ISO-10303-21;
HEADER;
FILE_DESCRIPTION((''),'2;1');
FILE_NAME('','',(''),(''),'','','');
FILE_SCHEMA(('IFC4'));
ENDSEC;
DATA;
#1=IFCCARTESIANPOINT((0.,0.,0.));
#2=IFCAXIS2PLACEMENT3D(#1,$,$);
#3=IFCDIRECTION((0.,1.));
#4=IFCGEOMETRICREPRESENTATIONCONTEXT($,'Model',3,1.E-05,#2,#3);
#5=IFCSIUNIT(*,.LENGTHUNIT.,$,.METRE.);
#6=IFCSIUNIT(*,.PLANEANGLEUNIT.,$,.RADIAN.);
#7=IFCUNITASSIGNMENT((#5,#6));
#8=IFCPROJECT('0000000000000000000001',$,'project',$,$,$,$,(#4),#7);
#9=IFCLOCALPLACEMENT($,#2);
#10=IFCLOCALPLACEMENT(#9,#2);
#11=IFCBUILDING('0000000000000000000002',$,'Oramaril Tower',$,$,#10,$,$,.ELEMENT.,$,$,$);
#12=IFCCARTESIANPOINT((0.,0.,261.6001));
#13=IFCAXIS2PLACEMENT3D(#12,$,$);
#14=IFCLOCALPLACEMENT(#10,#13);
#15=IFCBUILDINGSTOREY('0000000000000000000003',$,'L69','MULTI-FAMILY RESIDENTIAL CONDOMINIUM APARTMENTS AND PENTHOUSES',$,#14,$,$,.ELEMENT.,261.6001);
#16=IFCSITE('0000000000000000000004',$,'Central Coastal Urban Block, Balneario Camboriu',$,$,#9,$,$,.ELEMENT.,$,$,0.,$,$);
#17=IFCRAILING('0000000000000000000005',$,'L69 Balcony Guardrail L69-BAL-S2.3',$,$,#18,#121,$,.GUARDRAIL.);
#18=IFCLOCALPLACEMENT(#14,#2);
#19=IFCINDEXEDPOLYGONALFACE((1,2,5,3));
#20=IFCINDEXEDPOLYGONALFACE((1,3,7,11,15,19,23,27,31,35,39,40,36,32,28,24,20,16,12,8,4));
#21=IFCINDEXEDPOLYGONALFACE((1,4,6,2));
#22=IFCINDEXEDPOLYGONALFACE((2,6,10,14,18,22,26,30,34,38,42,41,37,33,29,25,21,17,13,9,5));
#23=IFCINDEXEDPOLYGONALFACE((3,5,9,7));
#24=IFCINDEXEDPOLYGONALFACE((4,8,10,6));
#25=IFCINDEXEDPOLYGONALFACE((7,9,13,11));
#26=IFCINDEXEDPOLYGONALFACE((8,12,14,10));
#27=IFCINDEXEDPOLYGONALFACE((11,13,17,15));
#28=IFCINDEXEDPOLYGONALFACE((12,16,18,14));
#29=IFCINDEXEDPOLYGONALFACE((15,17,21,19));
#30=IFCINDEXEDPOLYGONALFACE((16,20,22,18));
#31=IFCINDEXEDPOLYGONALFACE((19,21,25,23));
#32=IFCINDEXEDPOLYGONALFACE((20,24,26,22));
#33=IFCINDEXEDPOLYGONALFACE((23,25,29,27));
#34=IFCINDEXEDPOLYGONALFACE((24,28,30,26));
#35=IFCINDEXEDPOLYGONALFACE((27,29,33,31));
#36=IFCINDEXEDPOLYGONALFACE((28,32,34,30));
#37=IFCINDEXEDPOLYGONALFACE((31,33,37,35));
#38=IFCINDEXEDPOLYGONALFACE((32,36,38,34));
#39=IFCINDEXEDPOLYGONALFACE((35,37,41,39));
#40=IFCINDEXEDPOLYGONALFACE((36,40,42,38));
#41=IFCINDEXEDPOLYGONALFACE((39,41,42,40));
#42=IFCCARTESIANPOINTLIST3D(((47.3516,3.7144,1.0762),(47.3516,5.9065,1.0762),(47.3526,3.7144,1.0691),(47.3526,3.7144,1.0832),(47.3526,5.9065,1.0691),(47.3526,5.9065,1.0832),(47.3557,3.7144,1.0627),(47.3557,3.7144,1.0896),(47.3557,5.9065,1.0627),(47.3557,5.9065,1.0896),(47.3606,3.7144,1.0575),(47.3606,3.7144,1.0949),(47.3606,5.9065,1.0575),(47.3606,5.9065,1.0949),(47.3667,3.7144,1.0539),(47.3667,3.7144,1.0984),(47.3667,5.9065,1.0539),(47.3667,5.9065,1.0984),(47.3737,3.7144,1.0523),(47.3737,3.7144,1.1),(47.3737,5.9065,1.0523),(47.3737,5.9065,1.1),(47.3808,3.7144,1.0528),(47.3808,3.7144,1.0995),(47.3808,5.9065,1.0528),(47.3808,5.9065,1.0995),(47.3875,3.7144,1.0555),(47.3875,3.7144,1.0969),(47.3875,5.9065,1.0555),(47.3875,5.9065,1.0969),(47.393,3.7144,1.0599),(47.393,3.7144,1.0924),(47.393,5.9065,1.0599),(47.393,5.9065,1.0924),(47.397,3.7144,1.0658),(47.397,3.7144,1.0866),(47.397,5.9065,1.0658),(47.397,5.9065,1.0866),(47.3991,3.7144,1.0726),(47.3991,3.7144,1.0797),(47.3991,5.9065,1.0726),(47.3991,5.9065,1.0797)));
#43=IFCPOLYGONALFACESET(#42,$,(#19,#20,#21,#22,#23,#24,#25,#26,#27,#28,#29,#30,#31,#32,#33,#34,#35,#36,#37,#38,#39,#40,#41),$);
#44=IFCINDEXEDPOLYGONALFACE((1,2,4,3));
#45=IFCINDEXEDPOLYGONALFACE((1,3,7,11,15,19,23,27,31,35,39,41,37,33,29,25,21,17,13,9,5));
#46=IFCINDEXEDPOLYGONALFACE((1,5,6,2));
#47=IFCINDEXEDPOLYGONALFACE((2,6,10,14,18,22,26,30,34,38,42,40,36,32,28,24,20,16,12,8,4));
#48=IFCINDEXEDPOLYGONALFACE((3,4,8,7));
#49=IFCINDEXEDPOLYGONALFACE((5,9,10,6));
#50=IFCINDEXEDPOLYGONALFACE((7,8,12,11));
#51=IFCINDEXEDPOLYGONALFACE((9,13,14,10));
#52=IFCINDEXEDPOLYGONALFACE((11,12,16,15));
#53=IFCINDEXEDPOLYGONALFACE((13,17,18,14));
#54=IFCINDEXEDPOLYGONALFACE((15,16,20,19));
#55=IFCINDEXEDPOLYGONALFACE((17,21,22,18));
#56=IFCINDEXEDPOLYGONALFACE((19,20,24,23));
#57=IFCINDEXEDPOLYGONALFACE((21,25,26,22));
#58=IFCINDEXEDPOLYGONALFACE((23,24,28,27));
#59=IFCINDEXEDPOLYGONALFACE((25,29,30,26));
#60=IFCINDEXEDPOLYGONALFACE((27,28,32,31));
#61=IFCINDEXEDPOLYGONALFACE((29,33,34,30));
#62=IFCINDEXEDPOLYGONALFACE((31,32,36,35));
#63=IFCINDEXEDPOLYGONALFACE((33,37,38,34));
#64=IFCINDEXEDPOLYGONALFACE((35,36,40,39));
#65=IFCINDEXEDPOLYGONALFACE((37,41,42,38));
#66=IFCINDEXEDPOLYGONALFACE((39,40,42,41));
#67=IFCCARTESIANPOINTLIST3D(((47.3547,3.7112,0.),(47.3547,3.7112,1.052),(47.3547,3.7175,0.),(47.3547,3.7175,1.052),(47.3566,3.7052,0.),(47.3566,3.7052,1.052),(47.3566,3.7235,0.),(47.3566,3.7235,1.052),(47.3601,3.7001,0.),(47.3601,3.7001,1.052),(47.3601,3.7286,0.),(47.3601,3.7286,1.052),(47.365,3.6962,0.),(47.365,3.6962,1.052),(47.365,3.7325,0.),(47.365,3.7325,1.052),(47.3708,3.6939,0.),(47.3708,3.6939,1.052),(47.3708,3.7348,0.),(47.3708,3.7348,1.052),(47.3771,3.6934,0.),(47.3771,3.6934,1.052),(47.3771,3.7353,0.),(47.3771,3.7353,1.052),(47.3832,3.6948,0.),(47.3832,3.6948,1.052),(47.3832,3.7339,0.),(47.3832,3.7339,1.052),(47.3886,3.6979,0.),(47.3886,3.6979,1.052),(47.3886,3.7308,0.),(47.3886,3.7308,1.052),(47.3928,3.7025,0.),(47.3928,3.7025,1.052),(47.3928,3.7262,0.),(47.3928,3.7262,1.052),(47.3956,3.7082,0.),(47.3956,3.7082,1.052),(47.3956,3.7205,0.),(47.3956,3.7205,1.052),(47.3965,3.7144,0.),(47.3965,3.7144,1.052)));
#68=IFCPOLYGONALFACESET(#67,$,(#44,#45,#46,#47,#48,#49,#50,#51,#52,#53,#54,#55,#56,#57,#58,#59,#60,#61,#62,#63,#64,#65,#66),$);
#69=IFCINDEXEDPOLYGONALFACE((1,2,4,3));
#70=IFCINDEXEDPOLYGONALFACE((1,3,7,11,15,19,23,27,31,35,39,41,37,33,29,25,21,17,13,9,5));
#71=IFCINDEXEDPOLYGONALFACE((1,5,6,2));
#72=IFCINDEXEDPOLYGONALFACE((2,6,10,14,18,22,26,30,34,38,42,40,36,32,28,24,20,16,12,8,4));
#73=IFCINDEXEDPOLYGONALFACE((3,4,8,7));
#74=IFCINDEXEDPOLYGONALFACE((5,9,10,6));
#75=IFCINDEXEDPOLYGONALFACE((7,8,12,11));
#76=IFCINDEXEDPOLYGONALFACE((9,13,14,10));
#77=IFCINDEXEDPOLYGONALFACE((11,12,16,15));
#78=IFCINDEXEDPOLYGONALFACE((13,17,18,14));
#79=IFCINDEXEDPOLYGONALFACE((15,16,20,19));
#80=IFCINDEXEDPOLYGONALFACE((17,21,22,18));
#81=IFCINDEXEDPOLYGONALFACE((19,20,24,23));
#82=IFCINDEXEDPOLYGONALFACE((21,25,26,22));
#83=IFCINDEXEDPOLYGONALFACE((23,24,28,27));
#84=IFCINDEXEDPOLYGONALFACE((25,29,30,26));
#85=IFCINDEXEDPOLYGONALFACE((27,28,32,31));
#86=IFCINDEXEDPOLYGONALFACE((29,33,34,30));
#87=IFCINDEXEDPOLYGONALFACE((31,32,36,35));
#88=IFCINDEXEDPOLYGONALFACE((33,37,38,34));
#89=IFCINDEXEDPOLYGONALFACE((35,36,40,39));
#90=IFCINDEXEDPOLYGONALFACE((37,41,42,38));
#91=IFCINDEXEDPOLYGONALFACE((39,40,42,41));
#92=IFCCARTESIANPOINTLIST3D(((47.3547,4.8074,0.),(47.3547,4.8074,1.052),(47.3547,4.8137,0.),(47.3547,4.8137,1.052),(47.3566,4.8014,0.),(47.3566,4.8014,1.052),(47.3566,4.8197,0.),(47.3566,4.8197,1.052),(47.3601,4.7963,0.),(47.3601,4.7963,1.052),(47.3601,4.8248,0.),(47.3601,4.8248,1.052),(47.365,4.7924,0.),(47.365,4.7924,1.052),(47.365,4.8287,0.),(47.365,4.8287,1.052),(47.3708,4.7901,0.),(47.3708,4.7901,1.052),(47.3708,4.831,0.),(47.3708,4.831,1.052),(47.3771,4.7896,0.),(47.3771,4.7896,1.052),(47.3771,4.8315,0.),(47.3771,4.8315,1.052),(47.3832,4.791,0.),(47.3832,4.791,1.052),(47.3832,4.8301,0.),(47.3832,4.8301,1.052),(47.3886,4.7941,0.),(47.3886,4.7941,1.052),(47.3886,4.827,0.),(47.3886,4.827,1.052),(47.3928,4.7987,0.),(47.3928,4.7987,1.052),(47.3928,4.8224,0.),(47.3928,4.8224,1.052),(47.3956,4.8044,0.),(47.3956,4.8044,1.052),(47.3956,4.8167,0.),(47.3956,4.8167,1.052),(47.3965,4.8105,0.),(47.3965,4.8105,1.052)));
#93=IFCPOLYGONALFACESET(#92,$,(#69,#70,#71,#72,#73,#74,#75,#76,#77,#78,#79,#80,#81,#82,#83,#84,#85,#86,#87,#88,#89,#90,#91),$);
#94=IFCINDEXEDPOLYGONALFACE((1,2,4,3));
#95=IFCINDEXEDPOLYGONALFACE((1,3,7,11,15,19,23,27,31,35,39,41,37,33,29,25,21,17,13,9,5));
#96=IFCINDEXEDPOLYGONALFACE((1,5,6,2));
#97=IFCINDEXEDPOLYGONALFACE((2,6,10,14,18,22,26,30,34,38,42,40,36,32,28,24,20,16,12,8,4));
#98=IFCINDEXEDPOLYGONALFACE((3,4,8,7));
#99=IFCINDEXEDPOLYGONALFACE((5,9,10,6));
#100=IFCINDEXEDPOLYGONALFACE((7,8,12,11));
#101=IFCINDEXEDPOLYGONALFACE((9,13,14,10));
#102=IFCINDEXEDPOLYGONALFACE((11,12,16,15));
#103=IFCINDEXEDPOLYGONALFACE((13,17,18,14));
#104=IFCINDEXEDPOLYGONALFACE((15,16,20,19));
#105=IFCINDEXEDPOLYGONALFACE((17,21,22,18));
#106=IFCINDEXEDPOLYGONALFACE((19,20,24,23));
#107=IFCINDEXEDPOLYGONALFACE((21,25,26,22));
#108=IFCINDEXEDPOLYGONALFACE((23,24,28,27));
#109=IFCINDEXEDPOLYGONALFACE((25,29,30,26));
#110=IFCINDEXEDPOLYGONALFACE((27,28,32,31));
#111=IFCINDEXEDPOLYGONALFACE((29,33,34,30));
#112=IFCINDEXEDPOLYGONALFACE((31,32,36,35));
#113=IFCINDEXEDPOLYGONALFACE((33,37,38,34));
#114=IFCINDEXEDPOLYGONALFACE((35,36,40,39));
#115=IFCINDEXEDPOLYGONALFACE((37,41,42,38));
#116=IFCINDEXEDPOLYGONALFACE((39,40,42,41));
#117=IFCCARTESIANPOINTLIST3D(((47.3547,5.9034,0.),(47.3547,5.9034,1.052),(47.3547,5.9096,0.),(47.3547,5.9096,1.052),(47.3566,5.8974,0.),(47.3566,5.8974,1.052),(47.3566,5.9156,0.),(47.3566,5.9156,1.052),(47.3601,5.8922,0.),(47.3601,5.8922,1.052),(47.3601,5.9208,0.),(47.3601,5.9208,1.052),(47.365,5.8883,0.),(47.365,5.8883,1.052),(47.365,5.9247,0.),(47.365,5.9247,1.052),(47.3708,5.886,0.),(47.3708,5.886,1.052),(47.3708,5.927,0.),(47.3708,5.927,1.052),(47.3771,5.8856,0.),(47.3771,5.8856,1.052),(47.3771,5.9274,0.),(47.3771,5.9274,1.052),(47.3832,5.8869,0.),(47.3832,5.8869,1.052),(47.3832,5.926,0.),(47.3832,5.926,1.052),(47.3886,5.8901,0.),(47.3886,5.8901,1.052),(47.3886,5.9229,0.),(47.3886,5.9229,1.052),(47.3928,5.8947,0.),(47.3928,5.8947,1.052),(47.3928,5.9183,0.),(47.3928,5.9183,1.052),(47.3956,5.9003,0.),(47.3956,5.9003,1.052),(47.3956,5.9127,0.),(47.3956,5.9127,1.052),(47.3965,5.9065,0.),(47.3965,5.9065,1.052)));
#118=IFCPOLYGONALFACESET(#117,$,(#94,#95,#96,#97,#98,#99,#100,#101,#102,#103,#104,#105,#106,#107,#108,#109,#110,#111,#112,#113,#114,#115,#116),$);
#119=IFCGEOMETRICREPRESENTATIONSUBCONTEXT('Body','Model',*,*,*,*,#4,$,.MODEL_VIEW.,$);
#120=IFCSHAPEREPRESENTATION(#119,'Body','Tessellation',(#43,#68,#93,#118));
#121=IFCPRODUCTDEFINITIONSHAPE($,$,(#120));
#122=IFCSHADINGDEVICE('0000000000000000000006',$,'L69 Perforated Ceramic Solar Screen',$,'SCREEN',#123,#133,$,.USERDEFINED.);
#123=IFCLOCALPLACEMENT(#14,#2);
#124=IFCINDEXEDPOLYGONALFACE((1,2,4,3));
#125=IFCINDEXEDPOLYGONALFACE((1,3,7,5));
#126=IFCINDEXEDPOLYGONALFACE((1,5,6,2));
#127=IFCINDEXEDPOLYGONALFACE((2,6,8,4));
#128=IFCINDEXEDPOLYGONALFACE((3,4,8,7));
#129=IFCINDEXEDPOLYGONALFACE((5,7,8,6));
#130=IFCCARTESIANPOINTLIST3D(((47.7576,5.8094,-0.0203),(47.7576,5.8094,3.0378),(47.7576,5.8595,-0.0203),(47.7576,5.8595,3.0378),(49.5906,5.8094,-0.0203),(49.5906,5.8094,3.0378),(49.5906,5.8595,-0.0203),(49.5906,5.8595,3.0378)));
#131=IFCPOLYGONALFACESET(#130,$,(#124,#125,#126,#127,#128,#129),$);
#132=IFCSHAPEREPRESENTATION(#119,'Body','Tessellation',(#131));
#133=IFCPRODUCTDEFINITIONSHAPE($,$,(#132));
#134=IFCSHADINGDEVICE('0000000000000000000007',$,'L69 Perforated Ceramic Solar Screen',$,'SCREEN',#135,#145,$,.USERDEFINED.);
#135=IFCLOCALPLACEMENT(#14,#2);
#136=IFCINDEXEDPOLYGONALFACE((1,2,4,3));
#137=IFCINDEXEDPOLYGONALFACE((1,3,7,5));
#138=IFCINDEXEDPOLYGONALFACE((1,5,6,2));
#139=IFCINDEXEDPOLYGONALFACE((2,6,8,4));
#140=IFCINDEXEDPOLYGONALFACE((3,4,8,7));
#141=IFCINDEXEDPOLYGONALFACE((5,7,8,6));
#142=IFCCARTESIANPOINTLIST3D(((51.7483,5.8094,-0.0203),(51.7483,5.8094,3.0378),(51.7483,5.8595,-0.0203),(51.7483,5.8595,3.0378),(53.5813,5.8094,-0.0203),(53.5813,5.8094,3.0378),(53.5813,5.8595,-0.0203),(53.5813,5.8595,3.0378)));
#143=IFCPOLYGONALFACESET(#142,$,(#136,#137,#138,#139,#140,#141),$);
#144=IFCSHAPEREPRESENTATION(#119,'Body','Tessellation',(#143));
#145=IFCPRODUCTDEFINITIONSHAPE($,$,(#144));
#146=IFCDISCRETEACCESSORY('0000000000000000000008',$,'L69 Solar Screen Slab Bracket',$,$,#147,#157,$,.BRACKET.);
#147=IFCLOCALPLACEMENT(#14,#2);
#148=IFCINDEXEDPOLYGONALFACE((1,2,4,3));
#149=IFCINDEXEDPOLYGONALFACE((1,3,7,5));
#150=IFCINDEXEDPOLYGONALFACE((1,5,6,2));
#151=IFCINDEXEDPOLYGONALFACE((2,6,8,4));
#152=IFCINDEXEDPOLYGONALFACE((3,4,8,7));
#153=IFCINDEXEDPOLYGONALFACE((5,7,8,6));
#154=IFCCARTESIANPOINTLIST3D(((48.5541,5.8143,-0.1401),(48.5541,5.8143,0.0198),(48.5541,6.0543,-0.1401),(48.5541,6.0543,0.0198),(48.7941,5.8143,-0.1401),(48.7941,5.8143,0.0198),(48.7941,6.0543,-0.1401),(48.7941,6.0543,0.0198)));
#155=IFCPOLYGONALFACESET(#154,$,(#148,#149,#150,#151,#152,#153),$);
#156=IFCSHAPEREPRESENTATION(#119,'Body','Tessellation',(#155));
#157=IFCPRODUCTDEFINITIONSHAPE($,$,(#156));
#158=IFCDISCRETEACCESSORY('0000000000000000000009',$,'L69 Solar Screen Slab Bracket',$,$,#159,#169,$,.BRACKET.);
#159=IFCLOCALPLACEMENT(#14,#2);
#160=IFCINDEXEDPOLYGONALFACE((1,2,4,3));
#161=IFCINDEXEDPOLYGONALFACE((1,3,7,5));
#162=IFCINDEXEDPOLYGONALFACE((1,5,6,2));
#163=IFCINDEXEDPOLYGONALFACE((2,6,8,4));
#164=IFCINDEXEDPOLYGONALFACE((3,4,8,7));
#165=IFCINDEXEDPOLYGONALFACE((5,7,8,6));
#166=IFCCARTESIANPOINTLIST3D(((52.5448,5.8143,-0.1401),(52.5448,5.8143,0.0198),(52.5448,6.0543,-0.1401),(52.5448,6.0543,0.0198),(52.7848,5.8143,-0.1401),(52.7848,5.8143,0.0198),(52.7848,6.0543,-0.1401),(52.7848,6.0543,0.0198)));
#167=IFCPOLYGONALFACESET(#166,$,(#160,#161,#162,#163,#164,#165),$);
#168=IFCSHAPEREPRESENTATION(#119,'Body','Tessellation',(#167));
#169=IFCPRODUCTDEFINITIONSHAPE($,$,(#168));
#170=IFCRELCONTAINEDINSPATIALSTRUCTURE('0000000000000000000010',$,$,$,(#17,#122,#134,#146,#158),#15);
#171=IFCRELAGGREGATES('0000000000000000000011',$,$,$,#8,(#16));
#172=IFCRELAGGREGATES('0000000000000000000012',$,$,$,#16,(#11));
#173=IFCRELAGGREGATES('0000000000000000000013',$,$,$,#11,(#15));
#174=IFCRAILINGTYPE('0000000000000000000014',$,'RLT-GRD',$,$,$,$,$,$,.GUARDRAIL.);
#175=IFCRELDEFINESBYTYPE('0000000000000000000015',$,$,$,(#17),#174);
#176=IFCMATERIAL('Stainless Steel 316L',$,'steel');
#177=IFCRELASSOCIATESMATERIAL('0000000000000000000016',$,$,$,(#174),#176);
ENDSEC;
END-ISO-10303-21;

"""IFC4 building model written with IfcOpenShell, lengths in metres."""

from ifc_helpers import new_model, si_unit, direction, frame, origin, origin_2d, place, context, subcontext, project, spatial, rectangle, circle, extrude, material, type_object, element, save


model = new_model("IFC4")

# Units and contexts
model_context = context("Model", 3, precision=1e-05, world=origin(), true_north=direction((0.0, 1.0)))
body_context = subcontext(model_context, "Body", "Model", "MODEL_VIEW")
ifc_project = project(units=[si_unit("LENGTHUNIT", "METRE"), si_unit("PLANEANGLEUNIT", "RADIAN")], contexts=[model_context])

# Site, building, storey
site_placement = place(None, origin())
site = spatial("IfcSite", under=ifc_project, at=site_placement, Name="Central Coastal Urban Block, Balneario Camboriu", CompositionType="ELEMENT", RefElevation=0.0)
building_placement = place(site_placement, origin())
building = spatial("IfcBuilding", under=site, at=building_placement, Name="Oramaril Tower", CompositionType="ELEMENT")
storey_placement = place(building_placement, frame((0.0, 0.0, 261.6001)))
storey = spatial("IfcBuildingStorey", under=building, at=storey_placement, Name="L69", Description="MULTI-FAMILY RESIDENTIAL CONDOMINIUM APARTMENTS AND PENTHOUSES", CompositionType="ELEMENT", Elevation=261.6001)

# Railing
ifc_material_1 = material(Name="Stainless Steel 316L", Category="steel")
railing_type = type_object("IfcRailingType", Name="RLT-GRD", PredefinedType="GUARDRAIL", material=ifc_material_1)
railing_1_placement = place(storey_placement, frame((47.3755, 3.7144, 0.0)))
element("IfcRailing", 1, at=railing_1_placement, inside=storey, type_object=railing_type, Name="L69 Balcony Guardrail L69-BAL-S2.3", PredefinedType="GUARDRAIL", context=body_context, shape_type="SweptSolid", body=[
    extrude(circle(Radius=0.0239, at=origin_2d()), frame((0.0, 0.0, 1.0762), z_axis=(0.0, 1.0, 0.0), x_axis=(-1.0, 0.0, 0.0)), (0.0, 0.0, 1.0), 2.1921),
    extrude(circle(Radius=0.021, at=origin_2d()), origin(), (0.0, 0.0, 1.0), 1.052),
    extrude(circle(Radius=0.021, at=origin_2d()), frame((0.0, 1.0962, 0.0)), (0.0, 0.0, 1.0), 1.052),
    extrude(circle(Radius=0.021, at=origin_2d()), frame((0.0, 2.1921, 0.0)), (0.0, 0.0, 1.0), 1.052),
])

# Shading devices
for number, where, z_axis, x_axis, name in (
    (2, (48.6741, 5.8345, -0.0203), (0.0, 0.0, 1.0), (1.0, 0.0, 0.0), "L69 Perforated Ceramic Solar Screen"),
    (3, (52.6648, 5.8345, -0.0203), (0.0, 0.0, 1.0), (1.0, 0.0, 0.0), "L69 Perforated Ceramic Solar Screen"),
):
    element("IfcShadingDevice", number, at=place(storey_placement, frame(where, z_axis=z_axis, x_axis=x_axis)), inside=storey, Name=name, ObjectType="SCREEN", PredefinedType="USERDEFINED", context=body_context, shape_type="SweptSolid", body=[
        extrude(rectangle(XDim=1.833, YDim=0.05, at=origin_2d()), origin(), (0.0, 0.0, 1.0), 3.0581),
    ])

# Discrete accessories
for number, where, z_axis, x_axis, name in (
    (4, (48.6741, 5.9343, -0.1401), (0.0, 0.0, 1.0), (1.0, 0.0, 0.0), "L69 Solar Screen Slab Bracket"),
    (5, (52.6648, 5.9343, -0.1401), (0.0, 0.0, 1.0), (1.0, 0.0, 0.0), "L69 Solar Screen Slab Bracket"),
):
    element("IfcDiscreteAccessory", number, at=place(storey_placement, frame(where, z_axis=z_axis, x_axis=x_axis)), inside=storey, Name=name, PredefinedType="BRACKET", context=body_context, shape_type="SweptSolid", body=[
        extrude(rectangle(XDim=0.24, YDim=0.24, at=origin_2d()), origin(), (0.0, 0.0, 1.0), 0.1599),
    ])

save(model, "model.ifc")
